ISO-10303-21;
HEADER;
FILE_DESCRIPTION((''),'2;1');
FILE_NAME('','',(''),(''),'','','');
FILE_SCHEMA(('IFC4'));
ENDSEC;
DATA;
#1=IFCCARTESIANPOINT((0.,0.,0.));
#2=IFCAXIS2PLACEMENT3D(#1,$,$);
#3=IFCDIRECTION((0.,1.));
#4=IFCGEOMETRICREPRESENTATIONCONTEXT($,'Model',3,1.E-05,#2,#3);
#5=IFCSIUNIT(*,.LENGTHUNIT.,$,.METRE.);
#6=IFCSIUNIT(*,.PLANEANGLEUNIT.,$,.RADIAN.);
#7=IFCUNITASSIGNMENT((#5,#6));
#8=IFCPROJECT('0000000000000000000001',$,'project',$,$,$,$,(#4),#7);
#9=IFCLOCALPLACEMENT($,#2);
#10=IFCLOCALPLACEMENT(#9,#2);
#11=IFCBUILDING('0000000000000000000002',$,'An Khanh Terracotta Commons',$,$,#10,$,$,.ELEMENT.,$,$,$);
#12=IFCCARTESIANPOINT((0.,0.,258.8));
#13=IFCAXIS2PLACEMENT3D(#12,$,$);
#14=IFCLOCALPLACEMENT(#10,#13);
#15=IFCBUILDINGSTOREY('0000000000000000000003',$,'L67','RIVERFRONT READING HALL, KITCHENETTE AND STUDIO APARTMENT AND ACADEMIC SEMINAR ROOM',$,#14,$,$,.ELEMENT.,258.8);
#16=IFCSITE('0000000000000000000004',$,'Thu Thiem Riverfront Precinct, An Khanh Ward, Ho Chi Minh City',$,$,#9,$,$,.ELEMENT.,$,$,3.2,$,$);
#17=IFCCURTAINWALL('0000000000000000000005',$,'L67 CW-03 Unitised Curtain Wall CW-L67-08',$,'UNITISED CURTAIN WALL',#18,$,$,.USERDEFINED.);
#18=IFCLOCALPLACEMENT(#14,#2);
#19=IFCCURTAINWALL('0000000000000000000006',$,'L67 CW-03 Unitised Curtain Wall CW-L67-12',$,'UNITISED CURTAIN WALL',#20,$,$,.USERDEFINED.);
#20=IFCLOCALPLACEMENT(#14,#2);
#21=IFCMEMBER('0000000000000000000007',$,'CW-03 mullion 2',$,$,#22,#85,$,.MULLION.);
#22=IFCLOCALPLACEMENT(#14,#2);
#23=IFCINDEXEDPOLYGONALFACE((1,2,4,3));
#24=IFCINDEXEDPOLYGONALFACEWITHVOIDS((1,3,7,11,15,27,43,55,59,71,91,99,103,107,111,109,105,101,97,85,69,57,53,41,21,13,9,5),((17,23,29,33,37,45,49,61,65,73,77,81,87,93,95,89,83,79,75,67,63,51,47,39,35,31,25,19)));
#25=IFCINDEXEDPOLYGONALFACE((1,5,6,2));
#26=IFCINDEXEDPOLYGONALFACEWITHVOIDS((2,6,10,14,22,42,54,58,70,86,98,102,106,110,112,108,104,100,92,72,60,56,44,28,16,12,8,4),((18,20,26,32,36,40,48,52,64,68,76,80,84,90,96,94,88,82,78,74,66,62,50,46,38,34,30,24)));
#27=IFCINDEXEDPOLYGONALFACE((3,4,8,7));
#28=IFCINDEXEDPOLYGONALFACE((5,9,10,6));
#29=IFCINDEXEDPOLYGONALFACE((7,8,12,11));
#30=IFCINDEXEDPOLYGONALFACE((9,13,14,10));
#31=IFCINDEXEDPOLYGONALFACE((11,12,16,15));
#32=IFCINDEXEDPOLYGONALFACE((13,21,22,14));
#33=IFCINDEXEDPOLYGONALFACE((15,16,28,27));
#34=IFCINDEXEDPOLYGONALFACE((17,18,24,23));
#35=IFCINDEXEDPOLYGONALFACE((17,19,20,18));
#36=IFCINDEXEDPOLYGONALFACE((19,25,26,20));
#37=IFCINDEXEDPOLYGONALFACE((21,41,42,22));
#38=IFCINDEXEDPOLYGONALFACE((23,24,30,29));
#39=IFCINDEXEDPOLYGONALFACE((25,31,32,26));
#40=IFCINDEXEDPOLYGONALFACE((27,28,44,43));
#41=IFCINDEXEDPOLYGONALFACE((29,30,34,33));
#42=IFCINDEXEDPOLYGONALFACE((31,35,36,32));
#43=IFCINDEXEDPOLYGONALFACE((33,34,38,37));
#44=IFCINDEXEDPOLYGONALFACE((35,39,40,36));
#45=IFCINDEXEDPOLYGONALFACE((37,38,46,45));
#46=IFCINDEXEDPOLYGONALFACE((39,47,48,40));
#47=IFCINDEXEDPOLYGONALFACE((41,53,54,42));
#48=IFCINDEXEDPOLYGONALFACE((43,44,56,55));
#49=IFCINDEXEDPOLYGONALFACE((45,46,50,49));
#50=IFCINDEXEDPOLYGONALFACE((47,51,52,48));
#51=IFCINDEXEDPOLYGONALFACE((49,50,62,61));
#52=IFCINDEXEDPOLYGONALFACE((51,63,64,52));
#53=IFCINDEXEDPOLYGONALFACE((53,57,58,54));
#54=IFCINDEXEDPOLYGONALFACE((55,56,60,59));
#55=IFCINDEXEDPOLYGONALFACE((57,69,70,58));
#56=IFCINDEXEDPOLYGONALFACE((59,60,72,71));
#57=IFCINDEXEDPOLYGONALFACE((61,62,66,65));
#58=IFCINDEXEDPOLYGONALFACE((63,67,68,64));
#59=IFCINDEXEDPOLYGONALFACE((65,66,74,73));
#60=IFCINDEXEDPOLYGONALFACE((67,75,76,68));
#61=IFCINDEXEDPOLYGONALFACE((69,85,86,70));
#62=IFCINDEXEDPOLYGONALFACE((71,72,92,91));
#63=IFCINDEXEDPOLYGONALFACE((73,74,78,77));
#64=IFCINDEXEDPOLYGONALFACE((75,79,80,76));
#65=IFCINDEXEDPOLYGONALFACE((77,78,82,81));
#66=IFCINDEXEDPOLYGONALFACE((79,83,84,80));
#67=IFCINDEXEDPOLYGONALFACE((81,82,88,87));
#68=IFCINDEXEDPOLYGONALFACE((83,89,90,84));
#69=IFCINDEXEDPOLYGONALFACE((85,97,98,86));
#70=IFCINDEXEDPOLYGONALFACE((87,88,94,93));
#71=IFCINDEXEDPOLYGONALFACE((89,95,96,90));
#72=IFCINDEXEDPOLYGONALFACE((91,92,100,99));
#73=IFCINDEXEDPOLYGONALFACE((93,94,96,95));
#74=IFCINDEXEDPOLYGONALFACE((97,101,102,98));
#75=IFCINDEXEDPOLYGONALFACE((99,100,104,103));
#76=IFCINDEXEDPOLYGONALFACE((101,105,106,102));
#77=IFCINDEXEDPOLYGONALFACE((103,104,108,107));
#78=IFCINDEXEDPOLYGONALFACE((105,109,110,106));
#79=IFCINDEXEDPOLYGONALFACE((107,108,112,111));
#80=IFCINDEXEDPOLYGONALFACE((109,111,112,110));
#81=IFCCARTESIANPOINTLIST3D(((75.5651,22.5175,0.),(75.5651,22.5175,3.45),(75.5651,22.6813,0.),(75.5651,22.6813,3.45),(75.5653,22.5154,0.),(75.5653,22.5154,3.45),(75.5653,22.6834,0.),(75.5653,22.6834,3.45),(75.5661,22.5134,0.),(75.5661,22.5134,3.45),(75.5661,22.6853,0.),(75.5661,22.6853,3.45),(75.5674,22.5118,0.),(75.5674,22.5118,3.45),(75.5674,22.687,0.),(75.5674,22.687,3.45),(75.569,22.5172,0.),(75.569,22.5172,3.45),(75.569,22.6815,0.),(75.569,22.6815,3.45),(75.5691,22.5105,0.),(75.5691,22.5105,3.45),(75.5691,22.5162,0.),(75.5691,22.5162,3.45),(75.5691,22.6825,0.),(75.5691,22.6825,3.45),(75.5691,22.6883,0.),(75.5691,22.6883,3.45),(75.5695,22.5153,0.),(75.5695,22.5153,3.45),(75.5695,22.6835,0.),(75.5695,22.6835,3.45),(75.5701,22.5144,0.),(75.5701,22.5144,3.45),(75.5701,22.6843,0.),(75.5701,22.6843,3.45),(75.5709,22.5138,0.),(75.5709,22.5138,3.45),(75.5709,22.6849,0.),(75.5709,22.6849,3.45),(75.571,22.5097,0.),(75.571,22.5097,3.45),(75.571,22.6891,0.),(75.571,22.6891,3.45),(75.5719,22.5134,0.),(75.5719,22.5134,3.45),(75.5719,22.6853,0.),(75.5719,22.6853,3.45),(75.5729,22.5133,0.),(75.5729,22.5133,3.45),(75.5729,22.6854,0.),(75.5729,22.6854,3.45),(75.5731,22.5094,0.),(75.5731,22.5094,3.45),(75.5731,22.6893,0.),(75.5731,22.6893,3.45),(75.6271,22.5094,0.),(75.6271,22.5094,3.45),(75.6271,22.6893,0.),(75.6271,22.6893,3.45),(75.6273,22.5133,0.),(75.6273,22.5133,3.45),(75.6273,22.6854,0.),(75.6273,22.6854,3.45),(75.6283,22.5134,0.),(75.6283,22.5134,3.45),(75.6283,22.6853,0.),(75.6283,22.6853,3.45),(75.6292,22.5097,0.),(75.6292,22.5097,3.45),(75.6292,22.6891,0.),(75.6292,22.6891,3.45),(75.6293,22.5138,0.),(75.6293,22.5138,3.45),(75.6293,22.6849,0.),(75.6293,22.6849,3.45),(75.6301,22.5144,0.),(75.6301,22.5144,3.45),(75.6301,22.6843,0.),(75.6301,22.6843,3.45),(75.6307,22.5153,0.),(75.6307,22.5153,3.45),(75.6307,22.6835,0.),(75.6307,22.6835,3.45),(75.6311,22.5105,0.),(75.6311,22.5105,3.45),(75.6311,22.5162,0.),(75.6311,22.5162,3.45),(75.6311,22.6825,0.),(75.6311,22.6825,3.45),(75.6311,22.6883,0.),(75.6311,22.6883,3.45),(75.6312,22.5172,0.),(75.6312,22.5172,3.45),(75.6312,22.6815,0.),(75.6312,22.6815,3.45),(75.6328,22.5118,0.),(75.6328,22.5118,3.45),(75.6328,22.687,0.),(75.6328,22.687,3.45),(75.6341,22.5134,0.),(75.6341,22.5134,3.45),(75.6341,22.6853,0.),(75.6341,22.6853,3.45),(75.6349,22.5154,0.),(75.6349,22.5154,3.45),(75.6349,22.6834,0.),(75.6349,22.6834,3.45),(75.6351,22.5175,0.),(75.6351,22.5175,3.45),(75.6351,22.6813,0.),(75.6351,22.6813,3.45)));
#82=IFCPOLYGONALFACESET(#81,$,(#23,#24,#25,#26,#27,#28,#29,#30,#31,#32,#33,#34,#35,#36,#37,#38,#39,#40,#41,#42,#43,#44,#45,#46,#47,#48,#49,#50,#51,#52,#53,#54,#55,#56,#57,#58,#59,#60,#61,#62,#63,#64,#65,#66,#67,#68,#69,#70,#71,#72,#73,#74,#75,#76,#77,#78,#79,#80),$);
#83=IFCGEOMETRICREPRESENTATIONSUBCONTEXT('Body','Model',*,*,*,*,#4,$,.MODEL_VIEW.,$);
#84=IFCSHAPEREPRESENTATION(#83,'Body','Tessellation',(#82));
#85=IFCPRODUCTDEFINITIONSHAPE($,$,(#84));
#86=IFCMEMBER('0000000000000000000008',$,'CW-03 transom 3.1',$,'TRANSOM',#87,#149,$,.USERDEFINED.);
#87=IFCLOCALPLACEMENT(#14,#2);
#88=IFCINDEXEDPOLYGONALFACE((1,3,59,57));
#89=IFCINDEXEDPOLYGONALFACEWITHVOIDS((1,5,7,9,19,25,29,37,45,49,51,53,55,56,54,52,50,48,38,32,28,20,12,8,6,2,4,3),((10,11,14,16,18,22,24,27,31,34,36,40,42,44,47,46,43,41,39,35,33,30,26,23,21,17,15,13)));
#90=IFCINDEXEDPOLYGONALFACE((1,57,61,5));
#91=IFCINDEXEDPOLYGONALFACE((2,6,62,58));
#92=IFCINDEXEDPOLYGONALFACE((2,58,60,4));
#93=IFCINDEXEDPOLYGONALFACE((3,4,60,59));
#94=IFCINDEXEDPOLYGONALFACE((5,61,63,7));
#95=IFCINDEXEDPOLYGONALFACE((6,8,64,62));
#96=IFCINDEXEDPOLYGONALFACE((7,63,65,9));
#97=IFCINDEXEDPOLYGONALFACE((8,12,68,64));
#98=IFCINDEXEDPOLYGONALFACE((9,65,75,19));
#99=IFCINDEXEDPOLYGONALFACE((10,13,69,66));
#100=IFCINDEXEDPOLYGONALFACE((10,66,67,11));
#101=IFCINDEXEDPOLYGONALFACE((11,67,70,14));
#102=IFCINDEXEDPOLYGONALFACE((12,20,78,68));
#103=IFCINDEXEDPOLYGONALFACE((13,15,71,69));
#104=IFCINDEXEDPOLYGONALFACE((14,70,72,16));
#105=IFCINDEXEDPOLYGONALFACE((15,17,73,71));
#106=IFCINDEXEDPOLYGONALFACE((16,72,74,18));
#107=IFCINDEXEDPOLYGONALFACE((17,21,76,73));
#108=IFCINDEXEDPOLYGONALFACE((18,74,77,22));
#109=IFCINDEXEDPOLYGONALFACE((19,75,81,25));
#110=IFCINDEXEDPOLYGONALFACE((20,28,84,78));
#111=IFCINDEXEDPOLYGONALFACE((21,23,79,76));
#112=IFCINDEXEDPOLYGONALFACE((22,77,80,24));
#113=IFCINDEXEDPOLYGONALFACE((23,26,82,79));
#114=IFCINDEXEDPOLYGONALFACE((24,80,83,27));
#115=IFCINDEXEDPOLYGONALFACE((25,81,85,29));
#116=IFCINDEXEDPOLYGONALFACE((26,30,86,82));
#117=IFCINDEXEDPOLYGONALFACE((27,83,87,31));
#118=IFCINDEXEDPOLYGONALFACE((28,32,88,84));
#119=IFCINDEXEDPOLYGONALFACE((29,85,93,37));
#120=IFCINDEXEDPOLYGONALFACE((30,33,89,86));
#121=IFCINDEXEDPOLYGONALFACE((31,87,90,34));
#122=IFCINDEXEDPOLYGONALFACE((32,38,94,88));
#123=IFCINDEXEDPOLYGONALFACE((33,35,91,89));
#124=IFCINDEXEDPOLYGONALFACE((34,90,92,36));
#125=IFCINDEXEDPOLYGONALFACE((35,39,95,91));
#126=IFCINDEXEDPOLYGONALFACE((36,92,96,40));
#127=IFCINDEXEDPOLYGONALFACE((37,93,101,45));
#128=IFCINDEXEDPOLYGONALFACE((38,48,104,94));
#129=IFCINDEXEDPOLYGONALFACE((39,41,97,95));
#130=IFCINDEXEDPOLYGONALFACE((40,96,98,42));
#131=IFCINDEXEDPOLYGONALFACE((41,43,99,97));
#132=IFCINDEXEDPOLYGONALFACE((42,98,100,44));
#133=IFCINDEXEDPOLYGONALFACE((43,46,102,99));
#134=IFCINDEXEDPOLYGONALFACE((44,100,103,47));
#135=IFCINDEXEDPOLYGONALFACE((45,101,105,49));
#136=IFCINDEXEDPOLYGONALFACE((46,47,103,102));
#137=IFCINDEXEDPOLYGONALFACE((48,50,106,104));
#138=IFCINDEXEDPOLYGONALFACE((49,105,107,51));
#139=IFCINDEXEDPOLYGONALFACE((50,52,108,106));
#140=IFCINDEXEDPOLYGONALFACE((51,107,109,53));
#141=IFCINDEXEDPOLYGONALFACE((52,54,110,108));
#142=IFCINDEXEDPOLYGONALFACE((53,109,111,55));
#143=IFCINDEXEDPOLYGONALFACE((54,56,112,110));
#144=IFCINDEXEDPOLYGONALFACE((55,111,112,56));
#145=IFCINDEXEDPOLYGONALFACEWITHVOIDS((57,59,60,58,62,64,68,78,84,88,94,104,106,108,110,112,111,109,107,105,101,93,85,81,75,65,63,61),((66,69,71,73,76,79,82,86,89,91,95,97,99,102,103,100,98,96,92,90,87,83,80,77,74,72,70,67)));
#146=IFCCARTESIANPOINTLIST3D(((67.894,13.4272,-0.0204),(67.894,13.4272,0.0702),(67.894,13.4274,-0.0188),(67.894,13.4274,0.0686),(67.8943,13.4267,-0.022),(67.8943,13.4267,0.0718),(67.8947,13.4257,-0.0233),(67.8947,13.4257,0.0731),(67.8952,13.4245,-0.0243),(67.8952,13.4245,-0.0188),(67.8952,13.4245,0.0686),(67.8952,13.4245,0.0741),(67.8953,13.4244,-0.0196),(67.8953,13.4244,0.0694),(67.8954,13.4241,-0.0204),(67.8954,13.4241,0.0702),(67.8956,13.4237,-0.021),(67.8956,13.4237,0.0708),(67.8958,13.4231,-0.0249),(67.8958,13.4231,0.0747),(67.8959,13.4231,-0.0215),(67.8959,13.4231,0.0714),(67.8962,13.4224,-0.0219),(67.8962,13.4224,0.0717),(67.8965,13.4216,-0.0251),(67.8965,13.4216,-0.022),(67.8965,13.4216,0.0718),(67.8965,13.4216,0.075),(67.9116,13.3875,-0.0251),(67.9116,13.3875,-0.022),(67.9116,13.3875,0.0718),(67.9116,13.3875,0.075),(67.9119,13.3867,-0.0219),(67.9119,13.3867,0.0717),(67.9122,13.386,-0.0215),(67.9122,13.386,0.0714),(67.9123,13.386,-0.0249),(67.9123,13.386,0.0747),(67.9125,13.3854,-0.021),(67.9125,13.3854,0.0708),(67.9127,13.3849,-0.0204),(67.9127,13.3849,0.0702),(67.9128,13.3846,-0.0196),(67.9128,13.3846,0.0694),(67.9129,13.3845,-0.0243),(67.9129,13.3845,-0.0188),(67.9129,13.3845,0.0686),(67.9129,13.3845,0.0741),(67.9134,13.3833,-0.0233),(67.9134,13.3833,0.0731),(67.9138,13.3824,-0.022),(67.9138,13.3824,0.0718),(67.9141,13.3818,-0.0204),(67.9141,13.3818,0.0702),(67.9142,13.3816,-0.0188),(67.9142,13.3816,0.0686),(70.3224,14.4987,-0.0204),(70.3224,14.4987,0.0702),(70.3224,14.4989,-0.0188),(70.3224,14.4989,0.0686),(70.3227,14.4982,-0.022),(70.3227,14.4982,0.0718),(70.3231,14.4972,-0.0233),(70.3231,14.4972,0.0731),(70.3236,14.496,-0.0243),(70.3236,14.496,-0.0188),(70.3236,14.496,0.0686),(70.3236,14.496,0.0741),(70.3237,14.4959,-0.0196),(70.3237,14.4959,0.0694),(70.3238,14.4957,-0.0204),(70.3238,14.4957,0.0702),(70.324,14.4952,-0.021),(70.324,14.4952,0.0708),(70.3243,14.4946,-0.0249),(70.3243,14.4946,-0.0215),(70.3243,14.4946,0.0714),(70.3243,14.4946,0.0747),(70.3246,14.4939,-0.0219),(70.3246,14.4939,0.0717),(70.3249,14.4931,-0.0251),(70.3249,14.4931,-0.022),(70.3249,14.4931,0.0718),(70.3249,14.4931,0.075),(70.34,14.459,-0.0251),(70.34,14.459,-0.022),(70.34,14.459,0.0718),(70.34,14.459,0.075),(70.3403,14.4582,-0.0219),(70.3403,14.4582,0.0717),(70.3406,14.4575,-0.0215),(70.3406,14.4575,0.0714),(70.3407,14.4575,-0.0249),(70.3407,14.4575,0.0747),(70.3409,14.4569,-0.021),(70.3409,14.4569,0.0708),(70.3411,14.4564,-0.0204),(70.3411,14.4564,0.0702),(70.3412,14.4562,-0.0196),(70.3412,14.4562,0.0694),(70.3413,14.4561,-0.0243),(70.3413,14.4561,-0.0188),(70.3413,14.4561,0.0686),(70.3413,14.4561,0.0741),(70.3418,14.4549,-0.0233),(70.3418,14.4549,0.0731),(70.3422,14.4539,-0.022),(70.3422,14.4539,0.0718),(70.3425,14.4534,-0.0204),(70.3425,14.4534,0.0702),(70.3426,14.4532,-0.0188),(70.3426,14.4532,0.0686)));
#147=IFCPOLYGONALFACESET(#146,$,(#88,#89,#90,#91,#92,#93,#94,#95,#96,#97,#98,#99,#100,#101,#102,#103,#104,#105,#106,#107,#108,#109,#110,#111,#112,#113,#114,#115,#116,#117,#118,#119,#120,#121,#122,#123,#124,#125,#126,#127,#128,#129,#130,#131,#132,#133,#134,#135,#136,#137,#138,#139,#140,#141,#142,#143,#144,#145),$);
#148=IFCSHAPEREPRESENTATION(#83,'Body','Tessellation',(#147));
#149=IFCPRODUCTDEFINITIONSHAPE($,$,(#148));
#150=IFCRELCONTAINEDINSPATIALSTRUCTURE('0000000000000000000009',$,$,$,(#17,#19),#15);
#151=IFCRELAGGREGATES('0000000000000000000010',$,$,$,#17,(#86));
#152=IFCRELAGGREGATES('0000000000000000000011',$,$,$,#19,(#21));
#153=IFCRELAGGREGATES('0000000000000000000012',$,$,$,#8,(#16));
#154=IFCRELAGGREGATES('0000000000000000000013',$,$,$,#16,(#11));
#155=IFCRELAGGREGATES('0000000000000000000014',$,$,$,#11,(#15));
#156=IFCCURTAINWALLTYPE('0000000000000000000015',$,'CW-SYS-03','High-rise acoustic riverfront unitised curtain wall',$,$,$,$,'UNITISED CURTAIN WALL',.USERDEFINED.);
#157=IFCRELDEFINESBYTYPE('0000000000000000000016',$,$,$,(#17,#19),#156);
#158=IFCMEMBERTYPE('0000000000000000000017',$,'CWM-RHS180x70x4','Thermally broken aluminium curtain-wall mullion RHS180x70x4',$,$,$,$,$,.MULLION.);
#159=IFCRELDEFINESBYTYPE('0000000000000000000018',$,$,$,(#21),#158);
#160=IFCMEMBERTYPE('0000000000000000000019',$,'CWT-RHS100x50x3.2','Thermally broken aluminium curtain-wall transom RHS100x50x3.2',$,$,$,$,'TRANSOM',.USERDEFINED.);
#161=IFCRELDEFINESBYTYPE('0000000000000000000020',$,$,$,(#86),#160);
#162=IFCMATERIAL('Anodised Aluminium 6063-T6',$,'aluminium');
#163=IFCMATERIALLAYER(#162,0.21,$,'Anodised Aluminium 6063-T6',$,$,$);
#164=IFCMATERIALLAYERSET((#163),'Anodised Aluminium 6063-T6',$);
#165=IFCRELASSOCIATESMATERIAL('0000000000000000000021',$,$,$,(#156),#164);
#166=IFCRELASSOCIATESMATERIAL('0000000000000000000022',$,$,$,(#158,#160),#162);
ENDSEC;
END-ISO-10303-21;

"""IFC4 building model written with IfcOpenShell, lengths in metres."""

from ifc_helpers import new_model, si_unit, direction, frame, origin, origin_2d, place, context, subcontext, project, spatial, hollow_rectangle, extrude, material, layer, layer_set, material_profile, profile_set, type_object, element, aggregate, save


model = new_model("IFC4")

# Units and contexts
model_context = context("Model", 3, precision=1e-05, world=origin(), true_north=direction((0.0, 1.0)))
body_context = subcontext(model_context, "Body", "Model", "MODEL_VIEW")
ifc_project = project(units=[si_unit("LENGTHUNIT", "METRE"), si_unit("PLANEANGLEUNIT", "RADIAN")], contexts=[model_context])

# Site, building, storey
site_placement = place(None, origin())
site = spatial("IfcSite", under=ifc_project, at=site_placement, Name="Thu Thiem Riverfront Precinct, An Khanh Ward, Ho Chi Minh City", CompositionType="ELEMENT", RefElevation=3.2)
building_placement = place(site_placement, origin())
building = spatial("IfcBuilding", under=site, at=building_placement, Name="An Khanh Terracotta Commons", CompositionType="ELEMENT")
storey_placement = place(building_placement, frame((0.0, 0.0, 258.8)))
storey = spatial("IfcBuildingStorey", under=building, at=storey_placement, Name="L67", Description="RIVERFRONT READING HALL, KITCHENETTE AND STUDIO APARTMENT AND ACADEMIC SEMINAR ROOM", CompositionType="ELEMENT", Elevation=258.8)

# Curtain walls, member
ifc_material_1 = material(Name="Anodised Aluminium 6063-T6", Category="aluminium")
ifc_layer_1 = layer(ifc_material_1, 0.21, Name="Anodised Aluminium 6063-T6")
ifc_layer_set_1 = layer_set([ifc_layer_1], Name="Anodised Aluminium 6063-T6")
curtain_wall_type = type_object("IfcCurtainWallType", Name="CW-SYS-03", Description="High-rise acoustic riverfront unitised curtain wall", ElementType="UNITISED CURTAIN WALL", PredefinedType="USERDEFINED", material=ifc_layer_set_1)
curtain_wall_1_placement = place(storey_placement, origin())
curtain_wall_1 = element("IfcCurtainWall", 1, at=curtain_wall_1_placement, inside=storey, type_object=curtain_wall_type, Name="L67 CW-03 Unitised Curtain Wall CW-L67-08", ObjectType="UNITISED CURTAIN WALL", PredefinedType="USERDEFINED")
ifc_material_profile_1 = material_profile(ifc_material_1, hollow_rectangle(XDim=0.0701, YDim=0.1799, WallThickness=0.0039, InnerFilletRadius=0.0039, OuterFilletRadius=0.0081, at=origin_2d()), Name="RHS180x70x4")
ifc_profile_set_1 = profile_set([ifc_material_profile_1], Name="Anodised Aluminium 6063-T6")
member_type_1 = type_object("IfcMemberType", Name="CWM-RHS180x70x4", Description="Thermally broken aluminium curtain-wall mullion RHS180x70x4", PredefinedType="MULLION", material=ifc_profile_set_1)
curtain_wall_2_placement = place(storey_placement, origin())
curtain_wall_2 = element("IfcCurtainWall", 2, at=curtain_wall_2_placement, inside=storey, type_object=curtain_wall_type, Name="L67 CW-03 Unitised Curtain Wall CW-L67-12", ObjectType="UNITISED CURTAIN WALL", PredefinedType="USERDEFINED")
member_1_placement = place(storey_placement, frame((75.6001, 22.5994, 0.0), z_axis=(0.0, 0.0, 1.0), x_axis=(-1.0, 0.0, 0.0)))
member_1 = element("IfcMember", 3, at=member_1_placement, type_object=member_type_1, Name="CW-03 mullion 2", PredefinedType="MULLION", context=body_context, shape_type="SweptSolid", body=[
    extrude(hollow_rectangle(XDim=0.0701, YDim=0.1799, WallThickness=0.0039, InnerFilletRadius=0.0039, OuterFilletRadius=0.0081, at=origin_2d()), origin(), (0.0, 0.0, 1.0), 3.45),
])

# Member
ifc_material_profile_2 = material_profile(ifc_material_1, hollow_rectangle(XDim=0.05, YDim=0.1001, WallThickness=0.0032, InnerFilletRadius=0.0032, OuterFilletRadius=0.0063, at=origin_2d()), Name="RHS100x50x3.2")
ifc_profile_set_2 = profile_set([ifc_material_profile_2], Name="Anodised Aluminium 6063-T6")
member_type_2 = type_object("IfcMemberType", Name="CWT-RHS100x50x3.2", Description="Thermally broken aluminium curtain-wall transom RHS100x50x3.2", ElementType="TRANSOM", PredefinedType="USERDEFINED", material=ifc_profile_set_2)
member_2_placement = place(storey_placement, frame((67.9041, 13.4045, 0.0249), z_axis=(0.914897, 0.403688, 0.0), x_axis=(-0.403688, 0.914897, 0.0)))
member_2 = element("IfcMember", 4, at=member_2_placement, type_object=member_type_2, Name="CW-03 transom 3.1", ObjectType="TRANSOM", PredefinedType="USERDEFINED", context=body_context, shape_type="SweptSolid", body=[
    extrude(hollow_rectangle(XDim=0.05, YDim=0.1001, WallThickness=0.0032, InnerFilletRadius=0.0032, OuterFilletRadius=0.0063, at=origin_2d()), origin(), (0.0, 0.0, 1.0), 2.6543),
])

aggregate(curtain_wall_1, [member_2])
aggregate(curtain_wall_2, [member_1])

save(model, "model.ifc")
